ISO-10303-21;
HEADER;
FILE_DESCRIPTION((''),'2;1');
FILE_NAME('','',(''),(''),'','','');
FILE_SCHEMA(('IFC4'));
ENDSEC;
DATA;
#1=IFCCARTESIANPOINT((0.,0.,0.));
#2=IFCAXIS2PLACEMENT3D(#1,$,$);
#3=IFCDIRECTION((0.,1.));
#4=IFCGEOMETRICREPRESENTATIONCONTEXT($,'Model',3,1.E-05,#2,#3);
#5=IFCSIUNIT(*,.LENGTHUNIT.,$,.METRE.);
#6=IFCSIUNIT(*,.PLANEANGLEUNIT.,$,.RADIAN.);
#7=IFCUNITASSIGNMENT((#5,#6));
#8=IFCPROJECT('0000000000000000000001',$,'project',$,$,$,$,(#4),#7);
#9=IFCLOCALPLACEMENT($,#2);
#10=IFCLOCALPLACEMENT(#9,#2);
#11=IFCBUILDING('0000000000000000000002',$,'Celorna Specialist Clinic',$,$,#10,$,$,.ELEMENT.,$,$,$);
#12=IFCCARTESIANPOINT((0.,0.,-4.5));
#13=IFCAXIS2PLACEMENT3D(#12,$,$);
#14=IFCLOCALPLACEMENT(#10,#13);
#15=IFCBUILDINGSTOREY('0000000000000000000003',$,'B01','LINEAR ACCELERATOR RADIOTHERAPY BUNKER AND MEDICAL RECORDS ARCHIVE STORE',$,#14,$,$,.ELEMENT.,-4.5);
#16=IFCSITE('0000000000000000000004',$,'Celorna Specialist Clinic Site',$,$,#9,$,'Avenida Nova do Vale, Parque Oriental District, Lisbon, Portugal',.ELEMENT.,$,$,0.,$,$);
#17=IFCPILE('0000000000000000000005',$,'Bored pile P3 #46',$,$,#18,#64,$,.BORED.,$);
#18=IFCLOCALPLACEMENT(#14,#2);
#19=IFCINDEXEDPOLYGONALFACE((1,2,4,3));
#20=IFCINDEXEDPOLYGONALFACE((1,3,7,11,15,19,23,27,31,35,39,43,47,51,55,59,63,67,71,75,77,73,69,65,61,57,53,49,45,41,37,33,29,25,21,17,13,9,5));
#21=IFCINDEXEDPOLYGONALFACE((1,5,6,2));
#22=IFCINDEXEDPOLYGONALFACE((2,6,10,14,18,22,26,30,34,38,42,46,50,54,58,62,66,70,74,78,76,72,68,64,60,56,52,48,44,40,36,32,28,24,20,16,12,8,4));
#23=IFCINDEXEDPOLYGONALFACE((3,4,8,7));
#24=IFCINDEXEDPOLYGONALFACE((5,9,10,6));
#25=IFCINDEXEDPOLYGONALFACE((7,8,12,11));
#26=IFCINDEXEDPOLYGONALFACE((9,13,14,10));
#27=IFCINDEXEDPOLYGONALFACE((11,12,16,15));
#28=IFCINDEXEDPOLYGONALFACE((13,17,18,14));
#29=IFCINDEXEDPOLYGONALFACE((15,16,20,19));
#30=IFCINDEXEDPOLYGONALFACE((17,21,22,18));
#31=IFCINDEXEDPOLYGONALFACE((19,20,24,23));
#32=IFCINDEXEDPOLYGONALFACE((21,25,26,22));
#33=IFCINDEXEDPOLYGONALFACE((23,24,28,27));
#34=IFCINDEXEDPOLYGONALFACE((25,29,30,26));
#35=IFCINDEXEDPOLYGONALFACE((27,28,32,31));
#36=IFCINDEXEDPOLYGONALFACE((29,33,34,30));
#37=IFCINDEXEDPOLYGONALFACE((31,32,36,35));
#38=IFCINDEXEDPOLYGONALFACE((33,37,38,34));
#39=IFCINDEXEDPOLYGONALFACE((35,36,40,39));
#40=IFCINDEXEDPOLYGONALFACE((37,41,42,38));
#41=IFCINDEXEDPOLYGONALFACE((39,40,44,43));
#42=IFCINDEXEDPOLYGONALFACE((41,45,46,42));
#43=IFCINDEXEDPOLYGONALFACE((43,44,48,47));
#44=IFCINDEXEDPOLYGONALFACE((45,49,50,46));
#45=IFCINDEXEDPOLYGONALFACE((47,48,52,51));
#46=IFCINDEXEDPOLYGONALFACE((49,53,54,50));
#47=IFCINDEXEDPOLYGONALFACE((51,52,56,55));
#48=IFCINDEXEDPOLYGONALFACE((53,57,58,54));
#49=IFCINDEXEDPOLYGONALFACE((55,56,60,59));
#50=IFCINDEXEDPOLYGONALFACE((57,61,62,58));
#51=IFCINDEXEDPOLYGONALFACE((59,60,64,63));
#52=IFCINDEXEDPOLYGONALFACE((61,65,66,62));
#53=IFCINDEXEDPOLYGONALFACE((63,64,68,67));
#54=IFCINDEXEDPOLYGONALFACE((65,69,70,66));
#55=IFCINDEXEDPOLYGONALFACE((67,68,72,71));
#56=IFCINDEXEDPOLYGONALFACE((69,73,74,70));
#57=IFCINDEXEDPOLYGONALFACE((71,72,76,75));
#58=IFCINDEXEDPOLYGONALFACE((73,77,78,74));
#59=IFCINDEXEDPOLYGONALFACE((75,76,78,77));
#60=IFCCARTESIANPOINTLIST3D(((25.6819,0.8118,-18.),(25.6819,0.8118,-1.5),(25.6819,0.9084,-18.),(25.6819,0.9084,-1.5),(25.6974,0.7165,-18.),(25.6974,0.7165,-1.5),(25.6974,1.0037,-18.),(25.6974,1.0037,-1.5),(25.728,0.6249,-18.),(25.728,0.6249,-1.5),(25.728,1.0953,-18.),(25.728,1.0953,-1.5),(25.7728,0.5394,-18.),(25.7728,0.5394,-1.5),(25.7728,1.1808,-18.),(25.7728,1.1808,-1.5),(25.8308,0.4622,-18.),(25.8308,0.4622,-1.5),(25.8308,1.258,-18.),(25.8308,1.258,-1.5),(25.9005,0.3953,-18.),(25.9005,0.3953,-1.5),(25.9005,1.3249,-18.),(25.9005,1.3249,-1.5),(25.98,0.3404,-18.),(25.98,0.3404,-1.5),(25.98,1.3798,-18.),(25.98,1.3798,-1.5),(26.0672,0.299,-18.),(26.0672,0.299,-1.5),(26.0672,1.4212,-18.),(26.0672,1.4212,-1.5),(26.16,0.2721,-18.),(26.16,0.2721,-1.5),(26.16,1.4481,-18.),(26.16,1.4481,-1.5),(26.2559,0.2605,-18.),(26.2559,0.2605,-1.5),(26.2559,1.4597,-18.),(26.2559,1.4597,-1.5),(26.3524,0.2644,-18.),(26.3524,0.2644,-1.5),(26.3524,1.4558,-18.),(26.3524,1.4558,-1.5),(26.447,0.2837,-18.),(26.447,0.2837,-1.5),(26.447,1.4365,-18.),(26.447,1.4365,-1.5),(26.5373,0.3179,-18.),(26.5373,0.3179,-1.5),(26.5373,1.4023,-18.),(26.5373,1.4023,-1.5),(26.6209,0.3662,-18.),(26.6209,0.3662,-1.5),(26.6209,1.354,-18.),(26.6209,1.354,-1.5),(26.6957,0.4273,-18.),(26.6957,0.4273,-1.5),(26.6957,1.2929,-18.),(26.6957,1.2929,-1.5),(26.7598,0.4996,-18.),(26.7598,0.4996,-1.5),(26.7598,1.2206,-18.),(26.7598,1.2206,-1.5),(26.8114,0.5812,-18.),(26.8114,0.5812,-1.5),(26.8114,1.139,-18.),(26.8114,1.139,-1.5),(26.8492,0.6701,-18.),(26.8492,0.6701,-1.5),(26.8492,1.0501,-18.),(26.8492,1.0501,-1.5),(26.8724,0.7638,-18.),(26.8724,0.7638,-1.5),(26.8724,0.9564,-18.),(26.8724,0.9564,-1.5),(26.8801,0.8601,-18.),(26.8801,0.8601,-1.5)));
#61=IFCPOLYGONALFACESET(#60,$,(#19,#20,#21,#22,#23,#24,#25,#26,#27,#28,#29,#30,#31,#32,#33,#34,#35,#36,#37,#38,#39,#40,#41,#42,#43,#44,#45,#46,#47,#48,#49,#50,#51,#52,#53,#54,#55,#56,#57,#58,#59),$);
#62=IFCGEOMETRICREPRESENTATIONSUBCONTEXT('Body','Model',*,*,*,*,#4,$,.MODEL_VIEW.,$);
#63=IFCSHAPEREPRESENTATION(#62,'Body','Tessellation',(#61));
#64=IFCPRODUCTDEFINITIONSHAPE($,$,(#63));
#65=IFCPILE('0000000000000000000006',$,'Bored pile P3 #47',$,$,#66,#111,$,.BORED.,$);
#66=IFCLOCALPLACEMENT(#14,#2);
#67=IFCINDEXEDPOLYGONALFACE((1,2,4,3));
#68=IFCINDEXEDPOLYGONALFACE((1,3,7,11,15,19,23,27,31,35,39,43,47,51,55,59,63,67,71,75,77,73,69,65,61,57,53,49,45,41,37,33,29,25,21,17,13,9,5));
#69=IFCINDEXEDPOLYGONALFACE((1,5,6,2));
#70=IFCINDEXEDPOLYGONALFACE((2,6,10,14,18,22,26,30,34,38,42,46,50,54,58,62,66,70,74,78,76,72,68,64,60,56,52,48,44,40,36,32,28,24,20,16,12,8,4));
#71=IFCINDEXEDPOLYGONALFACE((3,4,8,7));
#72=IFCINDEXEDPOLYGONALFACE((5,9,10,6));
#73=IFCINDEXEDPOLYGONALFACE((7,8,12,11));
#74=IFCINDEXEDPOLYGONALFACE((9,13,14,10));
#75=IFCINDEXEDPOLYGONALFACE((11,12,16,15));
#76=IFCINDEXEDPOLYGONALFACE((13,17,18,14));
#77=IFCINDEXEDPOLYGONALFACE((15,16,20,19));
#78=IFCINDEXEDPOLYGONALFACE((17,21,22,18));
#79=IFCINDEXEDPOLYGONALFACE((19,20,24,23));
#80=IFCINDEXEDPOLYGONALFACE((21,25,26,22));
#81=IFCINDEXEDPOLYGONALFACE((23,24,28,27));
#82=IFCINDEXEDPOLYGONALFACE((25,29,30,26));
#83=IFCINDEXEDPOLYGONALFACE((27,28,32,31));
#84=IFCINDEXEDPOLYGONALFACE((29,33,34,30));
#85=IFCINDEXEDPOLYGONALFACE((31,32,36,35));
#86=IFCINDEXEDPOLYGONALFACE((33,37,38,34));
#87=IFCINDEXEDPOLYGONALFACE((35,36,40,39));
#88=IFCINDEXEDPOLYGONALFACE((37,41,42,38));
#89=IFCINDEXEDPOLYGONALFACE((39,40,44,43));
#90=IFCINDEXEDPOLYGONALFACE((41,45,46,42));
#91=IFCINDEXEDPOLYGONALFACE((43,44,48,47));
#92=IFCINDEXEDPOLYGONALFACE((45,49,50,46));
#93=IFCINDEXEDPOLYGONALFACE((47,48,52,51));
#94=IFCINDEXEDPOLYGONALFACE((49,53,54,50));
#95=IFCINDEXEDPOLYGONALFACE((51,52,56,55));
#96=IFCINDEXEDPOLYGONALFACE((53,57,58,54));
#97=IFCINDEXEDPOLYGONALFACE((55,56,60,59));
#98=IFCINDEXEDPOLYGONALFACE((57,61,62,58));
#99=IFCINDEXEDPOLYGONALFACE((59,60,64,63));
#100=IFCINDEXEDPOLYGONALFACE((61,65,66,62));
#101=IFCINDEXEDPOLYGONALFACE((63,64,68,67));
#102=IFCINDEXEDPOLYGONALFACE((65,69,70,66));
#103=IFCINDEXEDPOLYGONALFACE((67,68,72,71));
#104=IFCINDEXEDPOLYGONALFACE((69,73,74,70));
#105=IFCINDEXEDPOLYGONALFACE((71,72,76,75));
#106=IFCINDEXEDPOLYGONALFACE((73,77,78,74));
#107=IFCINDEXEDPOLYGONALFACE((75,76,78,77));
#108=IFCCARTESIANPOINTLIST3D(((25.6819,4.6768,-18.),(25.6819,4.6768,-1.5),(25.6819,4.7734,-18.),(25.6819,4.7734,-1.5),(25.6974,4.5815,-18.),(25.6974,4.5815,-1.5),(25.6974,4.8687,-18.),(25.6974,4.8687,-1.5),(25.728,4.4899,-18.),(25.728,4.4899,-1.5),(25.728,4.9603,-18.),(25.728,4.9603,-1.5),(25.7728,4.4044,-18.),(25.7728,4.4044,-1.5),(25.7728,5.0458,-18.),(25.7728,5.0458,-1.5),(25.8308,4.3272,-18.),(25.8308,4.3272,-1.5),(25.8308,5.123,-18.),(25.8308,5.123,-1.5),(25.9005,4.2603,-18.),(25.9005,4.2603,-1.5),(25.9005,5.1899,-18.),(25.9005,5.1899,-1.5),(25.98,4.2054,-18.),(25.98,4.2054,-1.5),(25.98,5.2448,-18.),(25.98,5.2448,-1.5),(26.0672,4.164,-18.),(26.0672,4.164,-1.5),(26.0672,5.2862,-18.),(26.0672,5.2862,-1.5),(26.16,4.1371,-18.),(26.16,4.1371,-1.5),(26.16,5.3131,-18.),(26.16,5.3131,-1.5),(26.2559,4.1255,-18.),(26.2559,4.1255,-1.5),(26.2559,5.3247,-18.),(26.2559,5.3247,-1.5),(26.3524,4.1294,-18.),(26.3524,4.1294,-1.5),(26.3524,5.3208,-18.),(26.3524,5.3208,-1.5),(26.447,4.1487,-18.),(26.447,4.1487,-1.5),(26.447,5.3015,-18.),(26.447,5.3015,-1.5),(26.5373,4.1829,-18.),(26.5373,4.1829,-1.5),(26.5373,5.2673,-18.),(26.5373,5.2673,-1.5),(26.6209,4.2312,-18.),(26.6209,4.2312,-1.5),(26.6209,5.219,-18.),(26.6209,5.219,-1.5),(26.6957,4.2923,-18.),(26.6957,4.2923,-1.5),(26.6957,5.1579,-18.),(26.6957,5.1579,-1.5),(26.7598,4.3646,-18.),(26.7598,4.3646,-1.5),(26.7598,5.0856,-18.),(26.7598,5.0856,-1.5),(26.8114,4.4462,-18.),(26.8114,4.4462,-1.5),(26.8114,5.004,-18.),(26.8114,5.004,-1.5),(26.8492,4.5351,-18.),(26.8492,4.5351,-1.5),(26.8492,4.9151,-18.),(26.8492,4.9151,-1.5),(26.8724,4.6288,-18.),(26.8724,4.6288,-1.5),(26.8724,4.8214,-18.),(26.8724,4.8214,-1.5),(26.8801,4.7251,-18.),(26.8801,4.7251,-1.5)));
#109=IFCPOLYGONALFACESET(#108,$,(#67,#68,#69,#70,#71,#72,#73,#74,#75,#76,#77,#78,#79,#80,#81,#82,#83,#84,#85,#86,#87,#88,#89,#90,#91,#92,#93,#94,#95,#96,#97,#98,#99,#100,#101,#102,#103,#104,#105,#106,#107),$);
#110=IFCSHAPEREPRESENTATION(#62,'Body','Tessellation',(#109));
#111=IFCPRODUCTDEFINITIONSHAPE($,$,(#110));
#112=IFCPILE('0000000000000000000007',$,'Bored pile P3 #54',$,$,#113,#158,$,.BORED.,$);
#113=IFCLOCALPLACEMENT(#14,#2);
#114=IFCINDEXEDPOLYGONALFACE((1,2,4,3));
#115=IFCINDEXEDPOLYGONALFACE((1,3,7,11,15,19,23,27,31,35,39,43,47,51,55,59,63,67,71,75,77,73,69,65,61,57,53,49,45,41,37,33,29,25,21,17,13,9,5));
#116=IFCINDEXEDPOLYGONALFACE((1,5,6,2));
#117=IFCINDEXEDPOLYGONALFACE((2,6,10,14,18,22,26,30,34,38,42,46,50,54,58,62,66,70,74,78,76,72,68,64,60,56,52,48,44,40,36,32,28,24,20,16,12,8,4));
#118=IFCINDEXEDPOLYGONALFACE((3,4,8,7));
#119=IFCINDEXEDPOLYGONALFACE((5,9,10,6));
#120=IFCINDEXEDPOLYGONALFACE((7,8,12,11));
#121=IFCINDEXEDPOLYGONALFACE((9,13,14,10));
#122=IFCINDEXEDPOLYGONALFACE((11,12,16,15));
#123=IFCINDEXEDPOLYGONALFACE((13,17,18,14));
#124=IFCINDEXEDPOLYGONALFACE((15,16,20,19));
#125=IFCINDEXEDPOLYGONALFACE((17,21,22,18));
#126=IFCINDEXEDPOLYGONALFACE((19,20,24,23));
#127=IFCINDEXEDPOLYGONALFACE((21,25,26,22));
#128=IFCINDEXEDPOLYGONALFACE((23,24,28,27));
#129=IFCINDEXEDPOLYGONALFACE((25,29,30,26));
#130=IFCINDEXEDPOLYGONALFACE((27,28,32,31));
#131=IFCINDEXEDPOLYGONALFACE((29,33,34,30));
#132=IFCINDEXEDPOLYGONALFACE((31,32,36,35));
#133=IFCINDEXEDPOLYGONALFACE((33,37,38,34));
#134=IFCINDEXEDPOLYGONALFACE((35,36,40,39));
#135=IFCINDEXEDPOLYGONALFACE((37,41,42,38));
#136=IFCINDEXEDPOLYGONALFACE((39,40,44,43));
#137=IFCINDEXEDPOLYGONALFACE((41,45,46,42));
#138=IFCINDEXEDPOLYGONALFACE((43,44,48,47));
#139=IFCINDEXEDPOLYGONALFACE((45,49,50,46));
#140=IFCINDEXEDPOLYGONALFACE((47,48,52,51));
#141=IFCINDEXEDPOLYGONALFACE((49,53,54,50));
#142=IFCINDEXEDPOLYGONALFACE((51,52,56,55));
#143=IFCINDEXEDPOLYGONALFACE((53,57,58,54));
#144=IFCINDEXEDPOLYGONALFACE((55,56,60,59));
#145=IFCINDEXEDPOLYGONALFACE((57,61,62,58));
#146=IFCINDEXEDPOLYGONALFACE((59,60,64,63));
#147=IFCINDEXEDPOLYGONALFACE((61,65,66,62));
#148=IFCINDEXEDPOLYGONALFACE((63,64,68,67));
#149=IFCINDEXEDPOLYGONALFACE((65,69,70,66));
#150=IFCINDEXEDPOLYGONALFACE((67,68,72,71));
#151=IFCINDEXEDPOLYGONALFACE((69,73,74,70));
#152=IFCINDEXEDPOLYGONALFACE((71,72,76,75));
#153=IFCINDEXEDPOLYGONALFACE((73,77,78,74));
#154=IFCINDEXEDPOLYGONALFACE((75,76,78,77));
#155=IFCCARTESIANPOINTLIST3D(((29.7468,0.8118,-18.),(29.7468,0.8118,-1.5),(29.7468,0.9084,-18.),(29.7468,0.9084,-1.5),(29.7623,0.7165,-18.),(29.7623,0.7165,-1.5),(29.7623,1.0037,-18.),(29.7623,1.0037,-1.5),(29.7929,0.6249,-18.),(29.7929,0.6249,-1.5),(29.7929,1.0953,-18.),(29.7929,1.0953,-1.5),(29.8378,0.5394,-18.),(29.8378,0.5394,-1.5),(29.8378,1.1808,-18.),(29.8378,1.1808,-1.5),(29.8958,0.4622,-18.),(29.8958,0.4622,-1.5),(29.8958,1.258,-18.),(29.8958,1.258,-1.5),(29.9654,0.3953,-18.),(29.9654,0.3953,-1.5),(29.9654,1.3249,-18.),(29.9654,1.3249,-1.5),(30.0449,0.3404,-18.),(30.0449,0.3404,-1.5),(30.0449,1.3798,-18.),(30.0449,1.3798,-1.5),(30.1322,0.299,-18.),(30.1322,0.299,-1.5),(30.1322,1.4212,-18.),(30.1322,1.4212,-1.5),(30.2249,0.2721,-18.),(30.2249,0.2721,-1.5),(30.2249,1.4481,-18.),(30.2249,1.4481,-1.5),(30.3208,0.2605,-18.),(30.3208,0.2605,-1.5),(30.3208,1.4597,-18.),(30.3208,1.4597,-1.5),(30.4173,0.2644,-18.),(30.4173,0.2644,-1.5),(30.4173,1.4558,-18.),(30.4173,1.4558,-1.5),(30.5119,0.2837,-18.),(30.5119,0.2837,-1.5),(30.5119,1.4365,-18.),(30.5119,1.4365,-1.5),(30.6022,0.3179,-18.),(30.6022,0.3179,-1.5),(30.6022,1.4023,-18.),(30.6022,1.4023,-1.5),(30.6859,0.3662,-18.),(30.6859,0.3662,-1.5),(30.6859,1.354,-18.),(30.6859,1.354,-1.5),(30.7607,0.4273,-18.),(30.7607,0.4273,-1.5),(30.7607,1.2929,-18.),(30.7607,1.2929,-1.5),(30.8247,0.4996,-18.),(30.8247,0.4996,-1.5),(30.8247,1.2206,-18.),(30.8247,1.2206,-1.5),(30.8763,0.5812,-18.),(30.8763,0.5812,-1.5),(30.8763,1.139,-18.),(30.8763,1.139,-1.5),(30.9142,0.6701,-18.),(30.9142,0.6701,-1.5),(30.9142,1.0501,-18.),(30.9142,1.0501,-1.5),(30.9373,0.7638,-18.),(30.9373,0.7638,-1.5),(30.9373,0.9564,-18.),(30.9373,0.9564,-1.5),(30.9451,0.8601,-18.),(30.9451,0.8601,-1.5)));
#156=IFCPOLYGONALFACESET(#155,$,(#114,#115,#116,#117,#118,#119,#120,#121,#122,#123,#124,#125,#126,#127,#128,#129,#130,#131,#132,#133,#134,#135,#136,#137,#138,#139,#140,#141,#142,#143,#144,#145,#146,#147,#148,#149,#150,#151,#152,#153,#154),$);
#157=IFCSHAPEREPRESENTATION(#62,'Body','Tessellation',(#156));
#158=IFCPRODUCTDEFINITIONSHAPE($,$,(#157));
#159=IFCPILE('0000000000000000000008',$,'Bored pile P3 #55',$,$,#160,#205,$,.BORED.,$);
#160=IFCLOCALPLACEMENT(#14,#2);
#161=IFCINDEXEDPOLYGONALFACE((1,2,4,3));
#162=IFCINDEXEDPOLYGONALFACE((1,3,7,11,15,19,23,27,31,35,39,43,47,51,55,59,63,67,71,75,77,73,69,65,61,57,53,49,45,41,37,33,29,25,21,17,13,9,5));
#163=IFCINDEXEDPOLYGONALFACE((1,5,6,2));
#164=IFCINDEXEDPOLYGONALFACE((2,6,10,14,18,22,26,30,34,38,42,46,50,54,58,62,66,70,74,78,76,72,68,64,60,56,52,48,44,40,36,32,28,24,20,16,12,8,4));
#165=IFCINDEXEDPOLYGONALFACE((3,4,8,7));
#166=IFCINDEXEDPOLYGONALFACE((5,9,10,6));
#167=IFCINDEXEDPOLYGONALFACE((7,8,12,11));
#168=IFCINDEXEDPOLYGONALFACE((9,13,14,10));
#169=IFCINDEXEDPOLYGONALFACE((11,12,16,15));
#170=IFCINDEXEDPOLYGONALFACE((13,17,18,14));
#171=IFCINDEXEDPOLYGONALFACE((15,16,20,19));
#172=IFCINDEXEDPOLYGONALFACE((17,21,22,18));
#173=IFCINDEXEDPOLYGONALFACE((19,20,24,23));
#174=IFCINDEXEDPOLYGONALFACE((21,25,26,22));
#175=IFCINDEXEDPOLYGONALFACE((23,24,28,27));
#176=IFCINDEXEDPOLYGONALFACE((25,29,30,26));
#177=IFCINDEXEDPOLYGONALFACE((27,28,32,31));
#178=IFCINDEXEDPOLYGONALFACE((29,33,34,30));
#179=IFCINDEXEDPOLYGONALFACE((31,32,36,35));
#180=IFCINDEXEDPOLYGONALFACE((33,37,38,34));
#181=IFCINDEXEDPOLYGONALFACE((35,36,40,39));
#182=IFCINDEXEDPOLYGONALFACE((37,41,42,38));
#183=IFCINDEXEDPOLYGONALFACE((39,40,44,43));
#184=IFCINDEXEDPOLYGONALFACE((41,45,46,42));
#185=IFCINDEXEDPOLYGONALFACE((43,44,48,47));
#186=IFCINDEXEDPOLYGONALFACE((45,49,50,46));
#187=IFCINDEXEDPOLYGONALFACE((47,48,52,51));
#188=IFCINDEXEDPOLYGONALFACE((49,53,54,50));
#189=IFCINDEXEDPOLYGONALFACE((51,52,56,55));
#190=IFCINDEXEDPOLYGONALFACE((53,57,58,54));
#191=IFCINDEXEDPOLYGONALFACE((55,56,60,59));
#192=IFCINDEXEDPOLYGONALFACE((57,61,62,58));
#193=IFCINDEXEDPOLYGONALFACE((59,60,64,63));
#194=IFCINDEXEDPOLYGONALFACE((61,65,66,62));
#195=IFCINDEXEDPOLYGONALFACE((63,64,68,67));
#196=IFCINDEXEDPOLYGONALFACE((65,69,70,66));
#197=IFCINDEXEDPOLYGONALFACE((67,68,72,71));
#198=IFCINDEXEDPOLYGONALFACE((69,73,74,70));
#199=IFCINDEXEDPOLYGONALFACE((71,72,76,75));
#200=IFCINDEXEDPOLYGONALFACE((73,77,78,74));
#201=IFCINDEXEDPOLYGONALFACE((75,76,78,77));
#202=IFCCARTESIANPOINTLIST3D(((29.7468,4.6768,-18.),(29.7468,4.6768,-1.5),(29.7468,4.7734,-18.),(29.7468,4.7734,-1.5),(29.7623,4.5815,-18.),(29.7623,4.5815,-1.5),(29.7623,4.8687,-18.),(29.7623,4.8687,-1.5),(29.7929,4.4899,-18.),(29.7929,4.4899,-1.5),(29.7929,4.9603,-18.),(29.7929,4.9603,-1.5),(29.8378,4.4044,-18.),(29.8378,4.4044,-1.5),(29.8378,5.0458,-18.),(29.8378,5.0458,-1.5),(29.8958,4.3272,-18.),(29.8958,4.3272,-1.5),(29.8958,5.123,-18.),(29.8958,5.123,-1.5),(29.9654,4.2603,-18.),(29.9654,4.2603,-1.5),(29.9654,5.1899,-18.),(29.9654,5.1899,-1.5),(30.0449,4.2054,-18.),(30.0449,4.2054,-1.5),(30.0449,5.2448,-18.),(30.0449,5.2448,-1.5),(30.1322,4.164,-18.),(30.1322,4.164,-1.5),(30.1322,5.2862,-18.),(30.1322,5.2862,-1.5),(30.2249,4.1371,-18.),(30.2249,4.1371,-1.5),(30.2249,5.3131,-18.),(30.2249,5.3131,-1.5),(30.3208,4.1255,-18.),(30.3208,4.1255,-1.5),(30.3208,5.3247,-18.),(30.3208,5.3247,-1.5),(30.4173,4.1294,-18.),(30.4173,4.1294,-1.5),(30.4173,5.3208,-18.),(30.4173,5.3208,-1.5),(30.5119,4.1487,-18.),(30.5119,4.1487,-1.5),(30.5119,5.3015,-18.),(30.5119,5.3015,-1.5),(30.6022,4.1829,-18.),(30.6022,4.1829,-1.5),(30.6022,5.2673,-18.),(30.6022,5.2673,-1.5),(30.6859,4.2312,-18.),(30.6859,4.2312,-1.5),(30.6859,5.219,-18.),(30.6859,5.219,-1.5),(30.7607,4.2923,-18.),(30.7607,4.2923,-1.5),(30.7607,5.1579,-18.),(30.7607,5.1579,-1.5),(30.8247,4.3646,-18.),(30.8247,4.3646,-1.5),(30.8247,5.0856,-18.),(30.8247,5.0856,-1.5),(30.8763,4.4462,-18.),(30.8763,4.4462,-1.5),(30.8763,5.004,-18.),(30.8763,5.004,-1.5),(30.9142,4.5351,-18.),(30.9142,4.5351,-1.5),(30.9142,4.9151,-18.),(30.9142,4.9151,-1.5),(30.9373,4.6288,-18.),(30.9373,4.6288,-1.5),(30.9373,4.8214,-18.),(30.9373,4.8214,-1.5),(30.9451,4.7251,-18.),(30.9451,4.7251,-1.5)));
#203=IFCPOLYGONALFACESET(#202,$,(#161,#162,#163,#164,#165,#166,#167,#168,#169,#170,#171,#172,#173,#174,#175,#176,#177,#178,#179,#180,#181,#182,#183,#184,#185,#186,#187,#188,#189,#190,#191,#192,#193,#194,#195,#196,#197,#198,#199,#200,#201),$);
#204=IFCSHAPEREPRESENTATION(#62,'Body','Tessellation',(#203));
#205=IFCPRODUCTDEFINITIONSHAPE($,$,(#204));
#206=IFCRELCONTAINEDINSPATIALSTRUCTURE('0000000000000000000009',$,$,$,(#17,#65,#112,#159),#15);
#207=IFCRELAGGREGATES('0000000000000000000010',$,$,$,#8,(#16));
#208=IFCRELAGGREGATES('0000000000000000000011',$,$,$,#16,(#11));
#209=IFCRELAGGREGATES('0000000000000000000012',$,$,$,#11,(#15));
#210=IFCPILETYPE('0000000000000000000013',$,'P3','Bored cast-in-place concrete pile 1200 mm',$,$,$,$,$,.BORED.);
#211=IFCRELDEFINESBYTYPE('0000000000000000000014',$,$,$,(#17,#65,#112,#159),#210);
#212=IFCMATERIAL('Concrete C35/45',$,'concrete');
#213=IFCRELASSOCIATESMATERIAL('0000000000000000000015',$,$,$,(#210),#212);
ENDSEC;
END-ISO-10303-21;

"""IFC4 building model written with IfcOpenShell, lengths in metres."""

from ifc_helpers import new_model, si_unit, direction, frame, origin, origin_2d, place, context, subcontext, project, spatial, circle, extrude, material, material_profile, profile_set, type_object, element, save


model = new_model("IFC4")

# Units and contexts
model_context = context("Model", 3, precision=1e-05, world=origin(), true_north=direction((0.0, 1.0)))
body_context = subcontext(model_context, "Body", "Model", "MODEL_VIEW")
ifc_project = project(units=[si_unit("LENGTHUNIT", "METRE"), si_unit("PLANEANGLEUNIT", "RADIAN")], contexts=[model_context])

# Site, building, storey
site_placement = place(None, origin())
site = spatial("IfcSite", under=ifc_project, at=site_placement, Name="Celorna Specialist Clinic Site", LongName="Avenida Nova do Vale, Parque Oriental District, Lisbon, Portugal", CompositionType="ELEMENT", RefElevation=0.0)
building_placement = place(site_placement, origin())
building = spatial("IfcBuilding", under=site, at=building_placement, Name="Celorna Specialist Clinic", CompositionType="ELEMENT")
storey_placement = place(building_placement, frame((0.0, 0.0, -4.5)))
storey = spatial("IfcBuildingStorey", under=building, at=storey_placement, Name="B01", Description="LINEAR ACCELERATOR RADIOTHERAPY BUNKER AND MEDICAL RECORDS ARCHIVE STORE", CompositionType="ELEMENT", Elevation=-4.5)

# Piles
ifc_material_1 = material(Name="Concrete C35/45", Category="concrete")
ifc_material_profile_1 = material_profile(ifc_material_1, circle(Radius=0.6001, at=origin_2d()), Name="BORED PILE 1200")
ifc_profile_set_1 = profile_set([ifc_material_profile_1], Name="Concrete C35/45")
pile_type = type_object("IfcPileType", Name="P3", Description="Bored cast-in-place concrete pile 1200 mm", PredefinedType="BORED", material=ifc_profile_set_1)
for number, where, z_axis, x_axis, name in (
    (1, (26.28, 0.8601, -1.5), (0.0, 0.0, -1.0), (1.0, 0.0, 0.0), "Bored pile P3 #46"),
    (2, (26.28, 4.7251, -1.5), (0.0, 0.0, -1.0), (1.0, 0.0, 0.0), "Bored pile P3 #47"),
    (3, (30.345, 0.8601, -1.5), (0.0, 0.0, -1.0), (1.0, 0.0, 0.0), "Bored pile P3 #54"),
    (4, (30.345, 4.7251, -1.5), (0.0, 0.0, -1.0), (1.0, 0.0, 0.0), "Bored pile P3 #55"),
):
    element("IfcPile", number, at=place(storey_placement, frame(where, z_axis=z_axis, x_axis=x_axis)), inside=storey, type_object=pile_type, Name=name, PredefinedType="BORED", context=body_context, shape_type="SweptSolid", body=[
        extrude(circle(Radius=0.6001, at=origin_2d()), origin(), (0.0, 0.0, 1.0), 16.5),
    ])

save(model, "model.ifc")
